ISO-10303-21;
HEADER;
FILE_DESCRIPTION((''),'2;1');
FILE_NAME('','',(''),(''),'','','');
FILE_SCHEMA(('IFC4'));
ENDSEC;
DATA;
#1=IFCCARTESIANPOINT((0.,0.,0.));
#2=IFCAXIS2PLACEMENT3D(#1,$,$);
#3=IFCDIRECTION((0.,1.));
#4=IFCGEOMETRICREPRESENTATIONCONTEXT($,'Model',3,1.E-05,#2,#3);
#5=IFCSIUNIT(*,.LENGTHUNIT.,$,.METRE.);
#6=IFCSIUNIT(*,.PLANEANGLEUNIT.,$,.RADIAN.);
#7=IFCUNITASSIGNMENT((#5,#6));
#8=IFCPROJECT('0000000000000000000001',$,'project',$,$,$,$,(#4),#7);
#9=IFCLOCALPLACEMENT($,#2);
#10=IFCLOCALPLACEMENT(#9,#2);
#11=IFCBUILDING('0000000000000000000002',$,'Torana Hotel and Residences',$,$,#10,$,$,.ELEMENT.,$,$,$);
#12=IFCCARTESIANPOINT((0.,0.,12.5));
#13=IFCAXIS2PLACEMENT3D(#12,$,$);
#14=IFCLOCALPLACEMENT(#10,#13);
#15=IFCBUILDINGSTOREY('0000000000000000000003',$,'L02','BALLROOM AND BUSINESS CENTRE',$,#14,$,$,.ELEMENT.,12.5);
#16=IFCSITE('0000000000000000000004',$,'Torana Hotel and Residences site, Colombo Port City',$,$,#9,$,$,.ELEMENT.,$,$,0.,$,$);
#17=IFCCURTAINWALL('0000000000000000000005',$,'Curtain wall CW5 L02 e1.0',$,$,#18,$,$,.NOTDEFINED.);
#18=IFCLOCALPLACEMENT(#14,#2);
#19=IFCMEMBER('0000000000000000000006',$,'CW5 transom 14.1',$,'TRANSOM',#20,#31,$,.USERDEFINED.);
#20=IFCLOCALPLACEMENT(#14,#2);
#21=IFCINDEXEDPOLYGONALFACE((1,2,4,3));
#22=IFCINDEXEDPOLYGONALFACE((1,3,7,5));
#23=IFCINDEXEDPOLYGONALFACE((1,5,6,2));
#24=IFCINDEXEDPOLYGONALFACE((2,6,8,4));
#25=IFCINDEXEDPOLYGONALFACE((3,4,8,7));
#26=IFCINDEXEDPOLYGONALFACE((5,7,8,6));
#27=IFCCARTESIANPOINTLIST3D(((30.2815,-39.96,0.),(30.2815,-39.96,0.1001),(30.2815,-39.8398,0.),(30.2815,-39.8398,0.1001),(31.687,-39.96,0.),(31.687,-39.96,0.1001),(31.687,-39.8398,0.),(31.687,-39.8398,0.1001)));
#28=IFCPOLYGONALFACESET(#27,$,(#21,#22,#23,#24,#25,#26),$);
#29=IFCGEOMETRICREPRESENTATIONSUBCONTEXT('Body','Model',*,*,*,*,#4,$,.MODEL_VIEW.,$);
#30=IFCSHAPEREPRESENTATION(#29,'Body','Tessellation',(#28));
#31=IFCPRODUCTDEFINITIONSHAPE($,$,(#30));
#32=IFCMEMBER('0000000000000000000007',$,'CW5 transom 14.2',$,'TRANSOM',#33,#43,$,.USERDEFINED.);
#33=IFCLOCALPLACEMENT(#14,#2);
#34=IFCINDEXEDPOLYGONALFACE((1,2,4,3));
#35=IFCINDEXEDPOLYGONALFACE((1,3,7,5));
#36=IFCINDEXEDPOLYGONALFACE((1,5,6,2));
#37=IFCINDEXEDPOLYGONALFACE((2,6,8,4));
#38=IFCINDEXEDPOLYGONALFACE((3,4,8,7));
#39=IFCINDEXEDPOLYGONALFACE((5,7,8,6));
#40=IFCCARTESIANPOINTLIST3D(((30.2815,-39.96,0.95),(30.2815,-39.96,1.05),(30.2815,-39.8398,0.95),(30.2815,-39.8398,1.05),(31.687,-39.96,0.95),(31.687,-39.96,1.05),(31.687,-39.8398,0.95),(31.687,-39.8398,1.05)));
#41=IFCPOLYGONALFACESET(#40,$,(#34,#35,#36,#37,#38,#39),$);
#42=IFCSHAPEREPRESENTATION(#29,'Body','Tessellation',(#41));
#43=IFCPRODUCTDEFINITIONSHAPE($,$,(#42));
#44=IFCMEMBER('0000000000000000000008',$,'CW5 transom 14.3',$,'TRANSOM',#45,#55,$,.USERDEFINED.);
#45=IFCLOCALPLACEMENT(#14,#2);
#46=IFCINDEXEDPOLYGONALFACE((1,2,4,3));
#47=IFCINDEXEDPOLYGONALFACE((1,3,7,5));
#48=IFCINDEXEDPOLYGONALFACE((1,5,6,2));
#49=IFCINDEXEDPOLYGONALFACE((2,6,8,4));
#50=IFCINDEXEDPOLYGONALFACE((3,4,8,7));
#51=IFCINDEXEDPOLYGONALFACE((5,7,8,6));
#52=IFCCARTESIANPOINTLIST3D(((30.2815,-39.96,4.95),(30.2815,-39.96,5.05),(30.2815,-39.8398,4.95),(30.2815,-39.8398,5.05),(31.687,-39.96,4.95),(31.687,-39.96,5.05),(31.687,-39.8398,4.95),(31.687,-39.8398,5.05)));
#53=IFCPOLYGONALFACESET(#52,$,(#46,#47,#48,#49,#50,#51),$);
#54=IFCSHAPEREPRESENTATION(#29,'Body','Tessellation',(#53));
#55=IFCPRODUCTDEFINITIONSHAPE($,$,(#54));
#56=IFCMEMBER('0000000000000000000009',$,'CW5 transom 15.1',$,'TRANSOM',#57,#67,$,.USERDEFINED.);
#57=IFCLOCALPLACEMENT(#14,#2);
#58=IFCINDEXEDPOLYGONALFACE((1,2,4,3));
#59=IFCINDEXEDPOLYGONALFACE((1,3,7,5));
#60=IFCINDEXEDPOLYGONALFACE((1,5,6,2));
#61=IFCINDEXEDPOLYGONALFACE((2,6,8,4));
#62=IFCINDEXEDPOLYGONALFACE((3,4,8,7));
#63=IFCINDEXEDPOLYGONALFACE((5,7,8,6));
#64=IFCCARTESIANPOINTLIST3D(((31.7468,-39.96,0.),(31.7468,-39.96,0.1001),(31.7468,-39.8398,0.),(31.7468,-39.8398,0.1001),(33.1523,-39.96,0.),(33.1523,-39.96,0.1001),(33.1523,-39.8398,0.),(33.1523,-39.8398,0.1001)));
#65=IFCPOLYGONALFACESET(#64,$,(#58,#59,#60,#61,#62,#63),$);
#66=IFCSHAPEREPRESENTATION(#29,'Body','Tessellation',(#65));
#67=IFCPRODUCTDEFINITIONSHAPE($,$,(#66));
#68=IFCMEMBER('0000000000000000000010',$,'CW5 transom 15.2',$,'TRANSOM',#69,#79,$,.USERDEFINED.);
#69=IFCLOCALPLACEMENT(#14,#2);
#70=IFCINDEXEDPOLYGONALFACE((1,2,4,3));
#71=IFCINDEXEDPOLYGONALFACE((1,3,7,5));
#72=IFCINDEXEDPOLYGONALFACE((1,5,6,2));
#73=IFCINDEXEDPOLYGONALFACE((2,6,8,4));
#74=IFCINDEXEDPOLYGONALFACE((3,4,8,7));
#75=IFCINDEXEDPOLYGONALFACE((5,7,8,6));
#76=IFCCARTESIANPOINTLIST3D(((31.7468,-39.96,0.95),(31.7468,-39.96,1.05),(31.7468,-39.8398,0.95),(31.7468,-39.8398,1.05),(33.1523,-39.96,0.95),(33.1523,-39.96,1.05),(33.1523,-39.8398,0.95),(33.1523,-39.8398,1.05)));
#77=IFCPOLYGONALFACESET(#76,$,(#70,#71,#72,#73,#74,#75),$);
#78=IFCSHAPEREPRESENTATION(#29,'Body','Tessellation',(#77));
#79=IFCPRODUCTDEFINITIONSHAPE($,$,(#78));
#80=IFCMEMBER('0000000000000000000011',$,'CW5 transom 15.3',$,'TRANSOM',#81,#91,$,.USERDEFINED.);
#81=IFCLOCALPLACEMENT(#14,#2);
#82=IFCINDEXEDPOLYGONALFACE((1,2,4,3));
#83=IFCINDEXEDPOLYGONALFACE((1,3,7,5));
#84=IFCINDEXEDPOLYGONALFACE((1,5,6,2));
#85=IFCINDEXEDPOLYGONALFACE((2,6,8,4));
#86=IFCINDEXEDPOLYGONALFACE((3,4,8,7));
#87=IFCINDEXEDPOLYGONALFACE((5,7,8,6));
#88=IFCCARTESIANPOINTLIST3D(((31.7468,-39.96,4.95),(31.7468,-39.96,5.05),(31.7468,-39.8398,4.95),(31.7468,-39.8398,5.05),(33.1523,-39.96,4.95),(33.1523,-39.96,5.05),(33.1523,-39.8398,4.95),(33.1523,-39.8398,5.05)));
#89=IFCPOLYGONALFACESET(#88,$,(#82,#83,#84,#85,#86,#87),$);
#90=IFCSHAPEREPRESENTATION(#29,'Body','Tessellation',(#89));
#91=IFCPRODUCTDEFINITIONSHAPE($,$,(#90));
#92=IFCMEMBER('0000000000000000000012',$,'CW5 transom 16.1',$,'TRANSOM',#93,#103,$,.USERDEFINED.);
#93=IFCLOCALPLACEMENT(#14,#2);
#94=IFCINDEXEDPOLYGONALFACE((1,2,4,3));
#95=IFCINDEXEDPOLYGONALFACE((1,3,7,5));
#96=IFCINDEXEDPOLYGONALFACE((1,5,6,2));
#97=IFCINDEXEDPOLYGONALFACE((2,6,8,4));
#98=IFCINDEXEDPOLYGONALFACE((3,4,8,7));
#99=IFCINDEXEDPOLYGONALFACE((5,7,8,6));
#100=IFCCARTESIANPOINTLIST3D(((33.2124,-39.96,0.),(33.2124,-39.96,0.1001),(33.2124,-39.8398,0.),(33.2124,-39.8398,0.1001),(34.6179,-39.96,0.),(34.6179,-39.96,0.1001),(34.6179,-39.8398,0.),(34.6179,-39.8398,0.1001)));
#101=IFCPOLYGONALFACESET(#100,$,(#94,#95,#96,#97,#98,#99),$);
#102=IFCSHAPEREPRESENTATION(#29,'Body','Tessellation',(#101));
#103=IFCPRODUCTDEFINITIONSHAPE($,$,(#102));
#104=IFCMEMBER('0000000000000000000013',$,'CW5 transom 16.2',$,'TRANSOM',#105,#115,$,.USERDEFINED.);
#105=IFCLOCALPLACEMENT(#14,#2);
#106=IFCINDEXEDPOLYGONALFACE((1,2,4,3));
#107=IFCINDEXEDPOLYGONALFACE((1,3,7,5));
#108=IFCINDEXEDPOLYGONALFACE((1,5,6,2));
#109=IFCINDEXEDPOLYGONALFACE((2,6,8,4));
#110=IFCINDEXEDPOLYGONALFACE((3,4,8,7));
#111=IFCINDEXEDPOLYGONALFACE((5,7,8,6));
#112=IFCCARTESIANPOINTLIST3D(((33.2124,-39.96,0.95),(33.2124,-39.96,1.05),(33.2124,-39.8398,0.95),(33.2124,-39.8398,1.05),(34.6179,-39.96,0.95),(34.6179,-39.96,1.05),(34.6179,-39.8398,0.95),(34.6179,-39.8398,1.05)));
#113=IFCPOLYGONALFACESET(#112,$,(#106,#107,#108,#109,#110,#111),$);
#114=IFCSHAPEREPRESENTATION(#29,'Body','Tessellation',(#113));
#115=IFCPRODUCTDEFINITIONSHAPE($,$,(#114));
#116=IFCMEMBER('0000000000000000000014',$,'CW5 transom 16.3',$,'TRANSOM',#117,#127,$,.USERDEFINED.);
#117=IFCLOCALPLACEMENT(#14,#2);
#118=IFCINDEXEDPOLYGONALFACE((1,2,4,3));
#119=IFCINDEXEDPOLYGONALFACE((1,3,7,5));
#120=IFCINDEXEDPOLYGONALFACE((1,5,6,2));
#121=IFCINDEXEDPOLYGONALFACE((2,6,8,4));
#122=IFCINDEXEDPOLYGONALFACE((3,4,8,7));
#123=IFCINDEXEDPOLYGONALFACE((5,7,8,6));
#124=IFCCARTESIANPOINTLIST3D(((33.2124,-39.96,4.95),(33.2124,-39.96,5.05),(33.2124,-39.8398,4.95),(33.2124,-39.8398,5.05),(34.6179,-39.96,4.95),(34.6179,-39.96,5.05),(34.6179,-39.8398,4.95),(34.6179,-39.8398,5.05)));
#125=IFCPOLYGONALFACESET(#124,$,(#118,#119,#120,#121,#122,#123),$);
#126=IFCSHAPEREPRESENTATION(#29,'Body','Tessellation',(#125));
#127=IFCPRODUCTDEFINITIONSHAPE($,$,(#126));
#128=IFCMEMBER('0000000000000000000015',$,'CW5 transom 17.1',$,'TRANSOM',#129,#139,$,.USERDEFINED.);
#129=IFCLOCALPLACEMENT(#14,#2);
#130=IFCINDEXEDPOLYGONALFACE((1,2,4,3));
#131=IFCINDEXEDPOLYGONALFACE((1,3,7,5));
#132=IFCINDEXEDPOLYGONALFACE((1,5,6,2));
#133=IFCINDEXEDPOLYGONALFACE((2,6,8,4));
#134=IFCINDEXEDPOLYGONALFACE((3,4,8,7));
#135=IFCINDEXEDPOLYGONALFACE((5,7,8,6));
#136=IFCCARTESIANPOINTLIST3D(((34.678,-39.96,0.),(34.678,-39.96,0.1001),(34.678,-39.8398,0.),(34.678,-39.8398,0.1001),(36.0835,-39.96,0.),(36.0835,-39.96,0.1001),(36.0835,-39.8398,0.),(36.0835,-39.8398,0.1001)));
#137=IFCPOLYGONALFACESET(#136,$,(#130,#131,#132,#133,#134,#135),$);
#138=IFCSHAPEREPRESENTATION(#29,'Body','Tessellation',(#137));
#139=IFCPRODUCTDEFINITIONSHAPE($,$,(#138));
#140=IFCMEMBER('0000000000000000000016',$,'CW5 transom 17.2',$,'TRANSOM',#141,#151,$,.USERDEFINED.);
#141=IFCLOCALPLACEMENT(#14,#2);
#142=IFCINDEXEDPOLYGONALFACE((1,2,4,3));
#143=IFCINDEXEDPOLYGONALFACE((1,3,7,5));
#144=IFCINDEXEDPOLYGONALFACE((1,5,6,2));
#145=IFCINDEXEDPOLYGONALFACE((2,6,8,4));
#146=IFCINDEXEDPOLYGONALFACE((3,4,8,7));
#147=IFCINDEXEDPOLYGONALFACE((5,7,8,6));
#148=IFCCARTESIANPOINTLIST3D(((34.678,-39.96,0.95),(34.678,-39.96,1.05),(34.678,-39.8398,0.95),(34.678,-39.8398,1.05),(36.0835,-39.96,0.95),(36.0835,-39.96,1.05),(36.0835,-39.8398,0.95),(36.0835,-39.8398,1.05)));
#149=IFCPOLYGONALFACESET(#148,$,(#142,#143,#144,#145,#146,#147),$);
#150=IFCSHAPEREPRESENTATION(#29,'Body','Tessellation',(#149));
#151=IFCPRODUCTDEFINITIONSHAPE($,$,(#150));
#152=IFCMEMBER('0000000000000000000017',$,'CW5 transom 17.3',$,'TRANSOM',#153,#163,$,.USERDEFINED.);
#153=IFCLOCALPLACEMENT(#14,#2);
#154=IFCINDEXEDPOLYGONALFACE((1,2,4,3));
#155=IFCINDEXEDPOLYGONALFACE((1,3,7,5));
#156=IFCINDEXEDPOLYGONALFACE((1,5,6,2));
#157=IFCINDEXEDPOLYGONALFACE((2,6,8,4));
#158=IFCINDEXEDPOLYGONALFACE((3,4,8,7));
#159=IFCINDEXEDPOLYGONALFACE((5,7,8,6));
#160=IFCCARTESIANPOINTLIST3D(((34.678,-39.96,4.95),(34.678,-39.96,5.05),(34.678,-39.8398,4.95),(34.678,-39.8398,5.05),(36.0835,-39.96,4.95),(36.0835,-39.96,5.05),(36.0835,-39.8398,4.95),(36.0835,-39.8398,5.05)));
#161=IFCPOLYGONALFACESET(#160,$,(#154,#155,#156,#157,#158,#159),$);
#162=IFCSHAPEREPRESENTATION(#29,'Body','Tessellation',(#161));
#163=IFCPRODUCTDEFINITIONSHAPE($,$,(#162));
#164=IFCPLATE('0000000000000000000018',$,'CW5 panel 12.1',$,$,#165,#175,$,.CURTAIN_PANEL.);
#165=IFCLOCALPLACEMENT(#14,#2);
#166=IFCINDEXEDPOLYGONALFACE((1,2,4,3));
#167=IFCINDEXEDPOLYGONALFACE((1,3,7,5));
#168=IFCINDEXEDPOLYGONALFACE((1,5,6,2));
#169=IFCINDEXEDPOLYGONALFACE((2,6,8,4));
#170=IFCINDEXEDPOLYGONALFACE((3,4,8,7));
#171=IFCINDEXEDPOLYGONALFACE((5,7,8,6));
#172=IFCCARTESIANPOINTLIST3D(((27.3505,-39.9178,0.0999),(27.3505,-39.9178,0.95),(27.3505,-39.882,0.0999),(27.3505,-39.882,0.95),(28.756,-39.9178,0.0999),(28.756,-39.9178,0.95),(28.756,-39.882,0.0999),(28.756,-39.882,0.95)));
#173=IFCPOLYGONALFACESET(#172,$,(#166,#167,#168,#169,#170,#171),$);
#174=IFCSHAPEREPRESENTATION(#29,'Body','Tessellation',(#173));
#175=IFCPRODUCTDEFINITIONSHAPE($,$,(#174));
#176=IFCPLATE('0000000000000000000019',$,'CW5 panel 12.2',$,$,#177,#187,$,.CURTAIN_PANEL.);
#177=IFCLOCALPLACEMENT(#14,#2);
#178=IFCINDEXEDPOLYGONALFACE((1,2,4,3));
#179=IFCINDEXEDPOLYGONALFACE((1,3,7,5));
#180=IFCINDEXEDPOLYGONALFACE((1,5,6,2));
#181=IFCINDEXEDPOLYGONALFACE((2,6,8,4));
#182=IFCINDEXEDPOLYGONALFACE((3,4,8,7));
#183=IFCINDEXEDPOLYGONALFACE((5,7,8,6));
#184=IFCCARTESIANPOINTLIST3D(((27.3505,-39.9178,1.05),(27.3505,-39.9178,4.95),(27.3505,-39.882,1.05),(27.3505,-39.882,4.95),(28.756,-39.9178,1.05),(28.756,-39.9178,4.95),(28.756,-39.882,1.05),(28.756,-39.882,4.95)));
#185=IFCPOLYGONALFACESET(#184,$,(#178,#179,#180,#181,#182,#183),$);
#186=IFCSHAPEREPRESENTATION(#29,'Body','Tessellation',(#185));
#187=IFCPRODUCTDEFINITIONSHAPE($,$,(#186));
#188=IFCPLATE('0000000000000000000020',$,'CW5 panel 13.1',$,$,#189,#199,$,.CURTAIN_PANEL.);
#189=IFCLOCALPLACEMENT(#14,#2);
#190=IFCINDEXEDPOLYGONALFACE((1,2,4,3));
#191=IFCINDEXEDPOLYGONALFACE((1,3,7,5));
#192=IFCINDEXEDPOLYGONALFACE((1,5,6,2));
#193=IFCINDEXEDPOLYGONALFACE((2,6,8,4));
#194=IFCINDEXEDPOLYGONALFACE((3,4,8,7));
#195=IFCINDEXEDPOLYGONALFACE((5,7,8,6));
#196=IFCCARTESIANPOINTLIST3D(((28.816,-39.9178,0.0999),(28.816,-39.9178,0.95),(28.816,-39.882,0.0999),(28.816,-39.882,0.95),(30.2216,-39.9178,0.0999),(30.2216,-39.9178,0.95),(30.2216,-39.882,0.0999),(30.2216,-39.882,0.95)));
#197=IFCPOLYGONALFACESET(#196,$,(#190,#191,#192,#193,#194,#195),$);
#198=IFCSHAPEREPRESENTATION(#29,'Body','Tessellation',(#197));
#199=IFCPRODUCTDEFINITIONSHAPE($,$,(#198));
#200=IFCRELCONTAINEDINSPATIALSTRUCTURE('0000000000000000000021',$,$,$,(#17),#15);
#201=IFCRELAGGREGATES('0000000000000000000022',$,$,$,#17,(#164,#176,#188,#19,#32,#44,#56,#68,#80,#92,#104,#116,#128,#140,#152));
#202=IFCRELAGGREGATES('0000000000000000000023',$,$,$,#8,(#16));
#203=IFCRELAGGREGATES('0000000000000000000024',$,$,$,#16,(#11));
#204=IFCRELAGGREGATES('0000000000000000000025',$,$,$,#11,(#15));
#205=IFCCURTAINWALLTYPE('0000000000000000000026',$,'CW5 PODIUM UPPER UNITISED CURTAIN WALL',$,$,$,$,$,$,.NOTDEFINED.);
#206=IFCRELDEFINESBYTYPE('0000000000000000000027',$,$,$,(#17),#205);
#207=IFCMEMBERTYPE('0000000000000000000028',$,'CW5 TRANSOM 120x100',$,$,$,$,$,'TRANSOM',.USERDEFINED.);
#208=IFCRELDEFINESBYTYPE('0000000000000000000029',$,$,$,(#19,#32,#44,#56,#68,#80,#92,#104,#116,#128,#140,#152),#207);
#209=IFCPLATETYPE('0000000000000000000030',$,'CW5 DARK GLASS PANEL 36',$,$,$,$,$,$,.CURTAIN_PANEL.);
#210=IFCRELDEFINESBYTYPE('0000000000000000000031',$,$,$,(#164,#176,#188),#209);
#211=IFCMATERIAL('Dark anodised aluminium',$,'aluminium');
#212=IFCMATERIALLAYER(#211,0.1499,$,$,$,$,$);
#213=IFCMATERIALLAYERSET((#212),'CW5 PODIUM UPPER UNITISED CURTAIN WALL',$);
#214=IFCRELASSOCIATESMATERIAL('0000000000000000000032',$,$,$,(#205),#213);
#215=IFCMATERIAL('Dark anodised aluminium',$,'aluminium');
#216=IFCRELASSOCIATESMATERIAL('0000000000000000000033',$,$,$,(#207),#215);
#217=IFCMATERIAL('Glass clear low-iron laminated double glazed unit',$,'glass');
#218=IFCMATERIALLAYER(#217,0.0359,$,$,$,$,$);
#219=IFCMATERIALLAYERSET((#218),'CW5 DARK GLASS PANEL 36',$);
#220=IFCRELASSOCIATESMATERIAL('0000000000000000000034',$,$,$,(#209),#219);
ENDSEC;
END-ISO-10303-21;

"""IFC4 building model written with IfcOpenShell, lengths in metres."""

from ifc_helpers import new_model, si_unit, direction, frame, origin, origin_2d, place, context, subcontext, project, spatial, rectangle, extrude, material, layer, layer_set, material_profile, profile_set, type_object, element, aggregate, save


model = new_model("IFC4")

# Units and contexts
model_context = context("Model", 3, precision=1e-05, world=origin(), true_north=direction((0.0, 1.0)))
body_context = subcontext(model_context, "Body", "Model", "MODEL_VIEW")
ifc_project = project(units=[si_unit("LENGTHUNIT", "METRE"), si_unit("PLANEANGLEUNIT", "RADIAN")], contexts=[model_context])

# Site, building, storey
site_placement = place(None, origin())
site = spatial("IfcSite", under=ifc_project, at=site_placement, Name="Torana Hotel and Residences site, Colombo Port City", CompositionType="ELEMENT", RefElevation=0.0)
building_placement = place(site_placement, origin())
building = spatial("IfcBuilding", under=site, at=building_placement, Name="Torana Hotel and Residences", CompositionType="ELEMENT")
storey_placement = place(building_placement, frame((0.0, 0.0, 12.5)))
storey = spatial("IfcBuildingStorey", under=building, at=storey_placement, Name="L02", Description="BALLROOM AND BUSINESS CENTRE", CompositionType="ELEMENT", Elevation=12.5)

# Curtain wall, members, plates
ifc_material_1 = material(Name="Dark anodised aluminium", Category="aluminium")
ifc_layer_1 = layer(ifc_material_1, 0.1499)
ifc_layer_set_1 = layer_set([ifc_layer_1], Name="CW5 PODIUM UPPER UNITISED CURTAIN WALL")
curtain_wall_type = type_object("IfcCurtainWallType", Name="CW5 PODIUM UPPER UNITISED CURTAIN WALL", PredefinedType="NOTDEFINED", material=ifc_layer_set_1)
curtain_wall_placement = place(storey_placement, origin())
curtain_wall = element("IfcCurtainWall", 1, at=curtain_wall_placement, inside=storey, type_object=curtain_wall_type, Name="Curtain wall CW5 L02 e1.0", PredefinedType="NOTDEFINED")
ifc_material_2 = material(Name="Dark anodised aluminium", Category="aluminium")
ifc_material_profile_1 = material_profile(ifc_material_2, rectangle(XDim=0.1201, YDim=0.1001, at=origin_2d()), Name="CW5 TRANSOM 120x100")
ifc_profile_set_1 = profile_set([ifc_material_profile_1], Name="Dark anodised aluminium")
member_type_1 = type_object("IfcMemberType", Name="CW5 TRANSOM 120x100", ElementType="TRANSOM", PredefinedType="USERDEFINED", material=ifc_profile_set_1)
member_1_placement = place(storey_placement, frame((30.2815, -39.8999, 0.05), z_axis=(1.0, 0.0, 0.0), x_axis=(0.0, 1.0, 0.0)))
member_1 = element("IfcMember", 2, at=member_1_placement, type_object=member_type_1, Name="CW5 transom 14.1", ObjectType="TRANSOM", PredefinedType="USERDEFINED", context=body_context, shape_type="SweptSolid", body=[
    extrude(rectangle(XDim=0.1201, YDim=0.1001, at=origin_2d()), origin(), (0.0, 0.0, 1.0), 1.4055),
])
member_2_placement = place(storey_placement, frame((30.2815, -39.8999, 1.0), z_axis=(1.0, 0.0, 0.0), x_axis=(0.0, 1.0, 0.0)))
member_2 = element("IfcMember", 3, at=member_2_placement, type_object=member_type_1, Name="CW5 transom 14.2", ObjectType="TRANSOM", PredefinedType="USERDEFINED", context=body_context, shape_type="SweptSolid", body=[
    extrude(rectangle(XDim=0.1201, YDim=0.1001, at=origin_2d()), origin(), (0.0, 0.0, 1.0), 1.4055),
])
member_3_placement = place(storey_placement, frame((30.2815, -39.8999, 5.0), z_axis=(1.0, 0.0, 0.0), x_axis=(0.0, 1.0, 0.0)))
member_3 = element("IfcMember", 4, at=member_3_placement, type_object=member_type_1, Name="CW5 transom 14.3", ObjectType="TRANSOM", PredefinedType="USERDEFINED", context=body_context, shape_type="SweptSolid", body=[
    extrude(rectangle(XDim=0.1201, YDim=0.1001, at=origin_2d()), origin(), (0.0, 0.0, 1.0), 1.4055),
])
member_4_placement = place(storey_placement, frame((31.7468, -39.8999, 0.05), z_axis=(1.0, 0.0, 0.0), x_axis=(0.0, 1.0, 0.0)))
member_4 = element("IfcMember", 5, at=member_4_placement, type_object=member_type_1, Name="CW5 transom 15.1", ObjectType="TRANSOM", PredefinedType="USERDEFINED", context=body_context, shape_type="SweptSolid", body=[
    extrude(rectangle(XDim=0.1201, YDim=0.1001, at=origin_2d()), origin(), (0.0, 0.0, 1.0), 1.4055),
])
member_5_placement = place(storey_placement, frame((31.7468, -39.8999, 1.0), z_axis=(1.0, 0.0, 0.0), x_axis=(0.0, 1.0, 0.0)))
member_5 = element("IfcMember", 6, at=member_5_placement, type_object=member_type_1, Name="CW5 transom 15.2", ObjectType="TRANSOM", PredefinedType="USERDEFINED", context=body_context, shape_type="SweptSolid", body=[
    extrude(rectangle(XDim=0.1201, YDim=0.1001, at=origin_2d()), origin(), (0.0, 0.0, 1.0), 1.4055),
])
member_6_placement = place(storey_placement, frame((31.7468, -39.8999, 5.0), z_axis=(1.0, 0.0, 0.0), x_axis=(0.0, 1.0, 0.0)))
member_6 = element("IfcMember", 7, at=member_6_placement, type_object=member_type_1, Name="CW5 transom 15.3", ObjectType="TRANSOM", PredefinedType="USERDEFINED", context=body_context, shape_type="SweptSolid", body=[
    extrude(rectangle(XDim=0.1201, YDim=0.1001, at=origin_2d()), origin(), (0.0, 0.0, 1.0), 1.4055),
])
member_7_placement = place(storey_placement, frame((33.2124, -39.8999, 0.05), z_axis=(1.0, 0.0, 0.0), x_axis=(0.0, 1.0, 0.0)))
member_7 = element("IfcMember", 8, at=member_7_placement, type_object=member_type_1, Name="CW5 transom 16.1", ObjectType="TRANSOM", PredefinedType="USERDEFINED", context=body_context, shape_type="SweptSolid", body=[
    extrude(rectangle(XDim=0.1201, YDim=0.1001, at=origin_2d()), origin(), (0.0, 0.0, 1.0), 1.4055),
])
member_8_placement = place(storey_placement, frame((33.2124, -39.8999, 1.0), z_axis=(1.0, 0.0, 0.0), x_axis=(0.0, 1.0, 0.0)))
member_8 = element("IfcMember", 9, at=member_8_placement, type_object=member_type_1, Name="CW5 transom 16.2", ObjectType="TRANSOM", PredefinedType="USERDEFINED", context=body_context, shape_type="SweptSolid", body=[
    extrude(rectangle(XDim=0.1201, YDim=0.1001, at=origin_2d()), origin(), (0.0, 0.0, 1.0), 1.4055),
])
member_9_placement = place(storey_placement, frame((33.2124, -39.8999, 5.0), z_axis=(1.0, 0.0, 0.0), x_axis=(0.0, 1.0, 0.0)))
member_9 = element("IfcMember", 10, at=member_9_placement, type_object=member_type_1, Name="CW5 transom 16.3", ObjectType="TRANSOM", PredefinedType="USERDEFINED", context=body_context, shape_type="SweptSolid", body=[
    extrude(rectangle(XDim=0.1201, YDim=0.1001, at=origin_2d()), origin(), (0.0, 0.0, 1.0), 1.4055),
])
member_10_placement = place(storey_placement, frame((34.678, -39.8999, 0.05), z_axis=(1.0, 0.0, 0.0), x_axis=(0.0, 1.0, 0.0)))
member_10 = element("IfcMember", 11, at=member_10_placement, type_object=member_type_1, Name="CW5 transom 17.1", ObjectType="TRANSOM", PredefinedType="USERDEFINED", context=body_context, shape_type="SweptSolid", body=[
    extrude(rectangle(XDim=0.1201, YDim=0.1001, at=origin_2d()), origin(), (0.0, 0.0, 1.0), 1.4055),
])
member_11_placement = place(storey_placement, frame((34.678, -39.8999, 1.0), z_axis=(1.0, 0.0, 0.0), x_axis=(0.0, 1.0, 0.0)))
member_11 = element("IfcMember", 12, at=member_11_placement, type_object=member_type_1, Name="CW5 transom 17.2", ObjectType="TRANSOM", PredefinedType="USERDEFINED", context=body_context, shape_type="SweptSolid", body=[
    extrude(rectangle(XDim=0.1201, YDim=0.1001, at=origin_2d()), origin(), (0.0, 0.0, 1.0), 1.4055),
])
member_12_placement = place(storey_placement, frame((34.678, -39.8999, 5.0), z_axis=(1.0, 0.0, 0.0), x_axis=(0.0, 1.0, 0.0)))
member_12 = element("IfcMember", 13, at=member_12_placement, type_object=member_type_1, Name="CW5 transom 17.3", ObjectType="TRANSOM", PredefinedType="USERDEFINED", context=body_context, shape_type="SweptSolid", body=[
    extrude(rectangle(XDim=0.1201, YDim=0.1001, at=origin_2d()), origin(), (0.0, 0.0, 1.0), 1.4055),
])
ifc_material_3 = material(Name="Glass clear low-iron laminated double glazed unit", Category="glass")
ifc_layer_2 = layer(ifc_material_3, 0.0359)
ifc_layer_set_2 = layer_set([ifc_layer_2], Name="CW5 DARK GLASS PANEL 36")
plate_type = type_object("IfcPlateType", Name="CW5 DARK GLASS PANEL 36", PredefinedType="CURTAIN_PANEL", material=ifc_layer_set_2)
plate_1_placement = place(storey_placement, frame((28.0532, -39.8999, 0.0999), z_axis=(0.0, 0.0, 1.0), x_axis=(1.0, 0.0, 0.0)))
plate_1 = element("IfcPlate", 14, at=plate_1_placement, type_object=plate_type, Name="CW5 panel 12.1", PredefinedType="CURTAIN_PANEL", context=body_context, shape_type="SweptSolid", body=[
    extrude(rectangle(XDim=1.4055, YDim=0.0359, at=origin_2d()), origin(), (0.0, 0.0, 1.0), 0.8501),
])
plate_2_placement = place(storey_placement, frame((28.0532, -39.8999, 1.05), z_axis=(0.0, 0.0, 1.0), x_axis=(1.0, 0.0, 0.0)))
plate_2 = element("IfcPlate", 15, at=plate_2_placement, type_object=plate_type, Name="CW5 panel 12.2", PredefinedType="CURTAIN_PANEL", context=body_context, shape_type="SweptSolid", body=[
    extrude(rectangle(XDim=1.4055, YDim=0.0359, at=origin_2d()), origin(), (0.0, 0.0, 1.0), 3.8999),
])
plate_3_placement = place(storey_placement, frame((29.5188, -39.8999, 0.0999), z_axis=(0.0, 0.0, 1.0), x_axis=(1.0, 0.0, 0.0)))
plate_3 = element("IfcPlate", 16, at=plate_3_placement, type_object=plate_type, Name="CW5 panel 13.1", PredefinedType="CURTAIN_PANEL", context=body_context, shape_type="SweptSolid", body=[
    extrude(rectangle(XDim=1.4055, YDim=0.0359, at=origin_2d()), origin(), (0.0, 0.0, 1.0), 0.8501),
])
aggregate(curtain_wall, [plate_1, plate_2, plate_3, member_1, member_2, member_3, member_4, member_5, member_6, member_7, member_8, member_9, member_10, member_11, member_12])

save(model, "model.ifc")
